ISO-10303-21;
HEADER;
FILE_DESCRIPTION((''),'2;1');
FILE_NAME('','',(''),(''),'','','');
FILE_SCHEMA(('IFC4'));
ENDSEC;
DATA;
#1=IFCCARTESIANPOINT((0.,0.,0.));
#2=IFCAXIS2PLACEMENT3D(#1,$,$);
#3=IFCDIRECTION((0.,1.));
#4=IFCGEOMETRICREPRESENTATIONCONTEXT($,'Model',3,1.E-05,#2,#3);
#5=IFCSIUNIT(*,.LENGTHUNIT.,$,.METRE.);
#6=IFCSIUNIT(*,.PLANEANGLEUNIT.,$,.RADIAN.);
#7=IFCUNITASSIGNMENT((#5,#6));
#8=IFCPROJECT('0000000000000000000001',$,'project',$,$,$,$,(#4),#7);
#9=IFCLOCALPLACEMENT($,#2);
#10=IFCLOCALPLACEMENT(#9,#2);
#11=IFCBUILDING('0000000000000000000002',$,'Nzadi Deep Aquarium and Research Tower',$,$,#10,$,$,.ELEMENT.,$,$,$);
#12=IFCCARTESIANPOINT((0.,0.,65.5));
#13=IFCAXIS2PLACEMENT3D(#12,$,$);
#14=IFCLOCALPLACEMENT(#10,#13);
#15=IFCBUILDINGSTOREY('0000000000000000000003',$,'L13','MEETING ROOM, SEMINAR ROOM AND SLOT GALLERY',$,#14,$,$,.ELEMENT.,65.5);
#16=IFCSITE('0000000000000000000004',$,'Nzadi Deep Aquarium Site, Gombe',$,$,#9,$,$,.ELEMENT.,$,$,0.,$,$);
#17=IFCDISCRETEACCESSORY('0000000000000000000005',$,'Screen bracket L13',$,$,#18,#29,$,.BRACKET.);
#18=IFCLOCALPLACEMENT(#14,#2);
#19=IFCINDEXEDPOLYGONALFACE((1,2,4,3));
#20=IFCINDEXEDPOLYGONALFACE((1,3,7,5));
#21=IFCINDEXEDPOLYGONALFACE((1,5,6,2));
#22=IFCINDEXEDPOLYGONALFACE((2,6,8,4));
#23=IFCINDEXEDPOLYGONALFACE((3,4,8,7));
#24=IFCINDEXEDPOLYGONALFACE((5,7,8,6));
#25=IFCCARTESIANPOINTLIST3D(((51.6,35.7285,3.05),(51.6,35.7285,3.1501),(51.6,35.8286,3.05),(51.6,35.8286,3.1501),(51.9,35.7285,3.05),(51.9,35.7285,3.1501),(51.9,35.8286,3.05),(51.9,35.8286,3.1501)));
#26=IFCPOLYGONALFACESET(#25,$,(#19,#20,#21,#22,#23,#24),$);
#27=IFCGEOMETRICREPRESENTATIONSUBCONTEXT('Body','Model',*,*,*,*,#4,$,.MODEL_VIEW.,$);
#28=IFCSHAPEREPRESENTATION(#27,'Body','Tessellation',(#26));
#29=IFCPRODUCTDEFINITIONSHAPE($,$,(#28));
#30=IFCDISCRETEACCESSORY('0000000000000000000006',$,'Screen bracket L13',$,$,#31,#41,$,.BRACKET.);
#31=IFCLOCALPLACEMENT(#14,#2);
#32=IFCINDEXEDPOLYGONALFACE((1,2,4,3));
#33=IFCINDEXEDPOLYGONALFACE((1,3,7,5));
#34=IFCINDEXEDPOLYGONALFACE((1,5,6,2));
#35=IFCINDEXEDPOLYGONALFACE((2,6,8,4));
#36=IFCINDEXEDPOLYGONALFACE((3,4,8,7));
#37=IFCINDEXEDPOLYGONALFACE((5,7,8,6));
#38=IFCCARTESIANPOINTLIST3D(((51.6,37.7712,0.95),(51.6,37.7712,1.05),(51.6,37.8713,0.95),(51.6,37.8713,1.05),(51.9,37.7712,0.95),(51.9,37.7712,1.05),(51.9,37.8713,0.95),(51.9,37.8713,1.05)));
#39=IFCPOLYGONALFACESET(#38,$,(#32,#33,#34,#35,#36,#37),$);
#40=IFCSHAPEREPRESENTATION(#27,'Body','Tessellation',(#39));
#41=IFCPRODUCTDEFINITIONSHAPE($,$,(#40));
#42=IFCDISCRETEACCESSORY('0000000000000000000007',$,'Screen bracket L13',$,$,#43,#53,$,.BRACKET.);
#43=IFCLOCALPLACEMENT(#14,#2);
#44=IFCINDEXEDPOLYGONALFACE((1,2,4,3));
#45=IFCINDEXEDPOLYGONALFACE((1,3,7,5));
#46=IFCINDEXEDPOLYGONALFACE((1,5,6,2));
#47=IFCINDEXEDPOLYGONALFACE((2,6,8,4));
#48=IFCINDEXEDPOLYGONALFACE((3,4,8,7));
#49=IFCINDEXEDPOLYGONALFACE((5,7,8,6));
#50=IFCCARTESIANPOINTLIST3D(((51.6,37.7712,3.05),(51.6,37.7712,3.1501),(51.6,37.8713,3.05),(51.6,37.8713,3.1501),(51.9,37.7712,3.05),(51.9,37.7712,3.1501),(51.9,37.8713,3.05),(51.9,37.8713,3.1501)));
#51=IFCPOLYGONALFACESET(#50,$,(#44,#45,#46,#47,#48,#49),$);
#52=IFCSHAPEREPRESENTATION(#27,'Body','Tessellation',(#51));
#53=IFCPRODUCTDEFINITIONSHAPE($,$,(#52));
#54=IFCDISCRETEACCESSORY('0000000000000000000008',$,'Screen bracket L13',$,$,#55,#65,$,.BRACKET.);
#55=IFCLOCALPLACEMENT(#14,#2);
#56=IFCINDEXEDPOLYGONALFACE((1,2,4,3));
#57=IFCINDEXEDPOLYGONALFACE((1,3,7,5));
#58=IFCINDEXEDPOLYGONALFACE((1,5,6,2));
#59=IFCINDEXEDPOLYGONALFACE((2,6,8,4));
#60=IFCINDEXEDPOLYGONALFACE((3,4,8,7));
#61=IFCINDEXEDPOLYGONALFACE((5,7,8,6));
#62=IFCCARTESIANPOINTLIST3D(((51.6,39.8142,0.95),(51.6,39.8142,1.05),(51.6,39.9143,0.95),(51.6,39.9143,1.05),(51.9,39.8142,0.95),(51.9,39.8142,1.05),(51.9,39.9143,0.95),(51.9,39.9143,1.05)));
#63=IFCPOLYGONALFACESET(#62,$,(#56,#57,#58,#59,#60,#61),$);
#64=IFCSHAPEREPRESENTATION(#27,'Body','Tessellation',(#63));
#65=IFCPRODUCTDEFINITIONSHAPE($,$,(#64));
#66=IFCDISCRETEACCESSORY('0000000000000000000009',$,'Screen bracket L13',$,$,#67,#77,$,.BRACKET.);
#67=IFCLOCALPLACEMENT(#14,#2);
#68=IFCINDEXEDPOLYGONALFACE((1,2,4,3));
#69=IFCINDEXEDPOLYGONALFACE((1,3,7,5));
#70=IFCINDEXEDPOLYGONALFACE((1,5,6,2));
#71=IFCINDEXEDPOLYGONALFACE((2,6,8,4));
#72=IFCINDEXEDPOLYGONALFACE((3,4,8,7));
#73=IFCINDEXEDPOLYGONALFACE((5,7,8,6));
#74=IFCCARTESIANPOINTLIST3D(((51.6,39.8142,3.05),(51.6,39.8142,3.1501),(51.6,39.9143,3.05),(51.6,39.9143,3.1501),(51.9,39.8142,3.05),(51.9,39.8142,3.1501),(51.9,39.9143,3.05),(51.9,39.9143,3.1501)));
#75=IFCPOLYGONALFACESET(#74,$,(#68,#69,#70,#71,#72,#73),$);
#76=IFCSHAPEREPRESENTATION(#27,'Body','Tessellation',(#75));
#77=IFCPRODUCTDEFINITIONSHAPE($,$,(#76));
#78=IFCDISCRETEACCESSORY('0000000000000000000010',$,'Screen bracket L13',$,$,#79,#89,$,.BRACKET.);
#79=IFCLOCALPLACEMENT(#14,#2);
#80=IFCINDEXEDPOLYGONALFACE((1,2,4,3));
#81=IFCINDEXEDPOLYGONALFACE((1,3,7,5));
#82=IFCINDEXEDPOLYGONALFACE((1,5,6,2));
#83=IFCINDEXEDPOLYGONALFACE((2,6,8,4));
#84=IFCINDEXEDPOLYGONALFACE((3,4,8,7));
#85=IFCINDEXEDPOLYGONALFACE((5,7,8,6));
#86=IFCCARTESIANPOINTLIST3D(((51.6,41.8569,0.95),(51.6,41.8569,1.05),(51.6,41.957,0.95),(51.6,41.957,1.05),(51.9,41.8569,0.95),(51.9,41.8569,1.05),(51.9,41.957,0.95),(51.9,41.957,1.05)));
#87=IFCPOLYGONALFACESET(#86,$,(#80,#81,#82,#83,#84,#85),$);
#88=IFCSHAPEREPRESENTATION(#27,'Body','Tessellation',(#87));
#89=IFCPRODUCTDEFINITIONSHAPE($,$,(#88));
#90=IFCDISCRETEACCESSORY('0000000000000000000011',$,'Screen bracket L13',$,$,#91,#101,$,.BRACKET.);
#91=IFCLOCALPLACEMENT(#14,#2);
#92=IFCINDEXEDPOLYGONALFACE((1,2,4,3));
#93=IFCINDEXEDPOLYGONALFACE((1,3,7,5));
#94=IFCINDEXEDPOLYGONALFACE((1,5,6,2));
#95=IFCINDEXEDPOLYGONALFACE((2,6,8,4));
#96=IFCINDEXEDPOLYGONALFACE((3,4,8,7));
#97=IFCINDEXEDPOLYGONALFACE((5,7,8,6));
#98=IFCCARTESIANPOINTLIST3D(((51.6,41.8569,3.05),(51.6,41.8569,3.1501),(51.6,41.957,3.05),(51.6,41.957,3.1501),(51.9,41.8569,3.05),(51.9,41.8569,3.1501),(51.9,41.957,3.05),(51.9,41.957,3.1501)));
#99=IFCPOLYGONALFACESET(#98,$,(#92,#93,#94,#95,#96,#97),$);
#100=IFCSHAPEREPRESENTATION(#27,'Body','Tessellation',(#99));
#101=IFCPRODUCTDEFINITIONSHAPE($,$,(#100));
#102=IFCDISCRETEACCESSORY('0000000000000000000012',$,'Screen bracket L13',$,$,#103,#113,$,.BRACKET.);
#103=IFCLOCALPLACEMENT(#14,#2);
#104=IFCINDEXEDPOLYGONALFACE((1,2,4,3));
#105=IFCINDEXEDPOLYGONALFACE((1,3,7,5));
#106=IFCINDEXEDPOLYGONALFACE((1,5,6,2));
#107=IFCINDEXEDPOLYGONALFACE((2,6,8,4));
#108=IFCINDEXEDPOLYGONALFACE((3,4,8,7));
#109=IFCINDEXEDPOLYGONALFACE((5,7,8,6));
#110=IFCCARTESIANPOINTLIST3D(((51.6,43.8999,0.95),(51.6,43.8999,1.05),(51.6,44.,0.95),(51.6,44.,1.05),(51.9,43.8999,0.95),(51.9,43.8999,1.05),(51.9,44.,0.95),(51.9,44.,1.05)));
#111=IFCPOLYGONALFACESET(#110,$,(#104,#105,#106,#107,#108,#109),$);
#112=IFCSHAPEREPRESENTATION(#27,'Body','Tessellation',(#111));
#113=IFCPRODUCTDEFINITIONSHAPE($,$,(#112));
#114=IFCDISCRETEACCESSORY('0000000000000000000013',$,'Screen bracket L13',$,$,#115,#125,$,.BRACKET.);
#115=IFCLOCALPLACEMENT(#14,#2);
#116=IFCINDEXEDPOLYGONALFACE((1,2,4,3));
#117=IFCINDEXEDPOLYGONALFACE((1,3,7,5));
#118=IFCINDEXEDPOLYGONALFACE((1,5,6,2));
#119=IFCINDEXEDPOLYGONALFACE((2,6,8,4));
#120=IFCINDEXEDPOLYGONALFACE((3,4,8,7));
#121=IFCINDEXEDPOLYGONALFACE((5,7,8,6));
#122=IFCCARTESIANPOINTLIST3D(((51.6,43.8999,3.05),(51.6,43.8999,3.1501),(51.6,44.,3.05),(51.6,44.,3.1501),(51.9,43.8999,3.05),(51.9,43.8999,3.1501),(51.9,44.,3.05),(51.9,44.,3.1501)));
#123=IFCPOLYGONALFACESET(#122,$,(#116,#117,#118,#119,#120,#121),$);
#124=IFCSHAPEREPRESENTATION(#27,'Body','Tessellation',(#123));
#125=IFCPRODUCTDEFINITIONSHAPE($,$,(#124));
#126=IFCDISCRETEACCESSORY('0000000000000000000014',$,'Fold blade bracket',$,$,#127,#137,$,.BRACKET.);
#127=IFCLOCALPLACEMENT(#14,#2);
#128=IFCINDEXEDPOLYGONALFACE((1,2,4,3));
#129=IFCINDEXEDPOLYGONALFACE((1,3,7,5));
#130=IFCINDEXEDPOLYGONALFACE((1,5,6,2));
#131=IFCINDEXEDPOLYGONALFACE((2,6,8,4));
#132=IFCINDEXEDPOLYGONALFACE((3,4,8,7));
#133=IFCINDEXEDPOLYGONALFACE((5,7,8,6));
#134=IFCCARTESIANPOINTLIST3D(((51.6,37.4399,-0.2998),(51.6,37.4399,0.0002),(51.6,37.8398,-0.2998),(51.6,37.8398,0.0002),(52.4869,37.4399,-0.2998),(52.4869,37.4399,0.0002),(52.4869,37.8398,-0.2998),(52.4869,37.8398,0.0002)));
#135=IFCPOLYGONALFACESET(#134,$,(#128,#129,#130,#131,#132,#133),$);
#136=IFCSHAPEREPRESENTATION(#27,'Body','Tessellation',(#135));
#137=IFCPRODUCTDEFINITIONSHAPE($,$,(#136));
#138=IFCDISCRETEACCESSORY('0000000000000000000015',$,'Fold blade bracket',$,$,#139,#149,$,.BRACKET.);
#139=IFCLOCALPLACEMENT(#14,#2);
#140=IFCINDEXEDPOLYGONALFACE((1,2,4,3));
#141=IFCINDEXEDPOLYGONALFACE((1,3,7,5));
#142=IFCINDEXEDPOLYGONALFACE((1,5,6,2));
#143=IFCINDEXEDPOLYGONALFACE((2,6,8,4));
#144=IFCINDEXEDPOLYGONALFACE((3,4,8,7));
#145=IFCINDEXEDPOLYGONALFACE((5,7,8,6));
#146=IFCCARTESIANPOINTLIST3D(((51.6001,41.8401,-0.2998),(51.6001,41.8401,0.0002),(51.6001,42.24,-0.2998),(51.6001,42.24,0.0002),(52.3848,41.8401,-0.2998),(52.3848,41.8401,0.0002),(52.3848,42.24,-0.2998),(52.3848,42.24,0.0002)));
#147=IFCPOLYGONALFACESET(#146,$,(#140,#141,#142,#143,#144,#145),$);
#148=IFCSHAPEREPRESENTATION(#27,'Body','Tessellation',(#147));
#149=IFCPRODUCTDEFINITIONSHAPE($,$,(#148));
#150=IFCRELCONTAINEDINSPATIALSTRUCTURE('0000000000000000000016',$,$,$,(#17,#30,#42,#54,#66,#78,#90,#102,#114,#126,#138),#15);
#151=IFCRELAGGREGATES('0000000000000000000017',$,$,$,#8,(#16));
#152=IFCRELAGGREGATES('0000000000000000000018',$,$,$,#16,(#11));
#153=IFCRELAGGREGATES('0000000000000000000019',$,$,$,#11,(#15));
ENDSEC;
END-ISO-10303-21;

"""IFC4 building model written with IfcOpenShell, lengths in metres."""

from ifc_helpers import new_model, si_unit, direction, frame, origin, origin_2d, place, context, subcontext, project, spatial, rectangle, extrude, element, save


model = new_model("IFC4")

# Units and contexts
model_context = context("Model", 3, precision=1e-05, world=origin(), true_north=direction((0.0, 1.0)))
body_context = subcontext(model_context, "Body", "Model", "MODEL_VIEW")
ifc_project = project(units=[si_unit("LENGTHUNIT", "METRE"), si_unit("PLANEANGLEUNIT", "RADIAN")], contexts=[model_context])

# Site, building, storey
site_placement = place(None, origin())
site = spatial("IfcSite", under=ifc_project, at=site_placement, Name="Nzadi Deep Aquarium Site, Gombe", CompositionType="ELEMENT", RefElevation=0.0)
building_placement = place(site_placement, origin())
building = spatial("IfcBuilding", under=site, at=building_placement, Name="Nzadi Deep Aquarium and Research Tower", CompositionType="ELEMENT")
storey_placement = place(building_placement, frame((0.0, 0.0, 65.5)))
storey = spatial("IfcBuildingStorey", under=building, at=storey_placement, Name="L13", Description="MEETING ROOM, SEMINAR ROOM AND SLOT GALLERY", CompositionType="ELEMENT", Elevation=65.5)

# Discrete accessories
for number, where, z_axis, x_axis, name in (
    (1, (51.75, 35.7786, 3.05), (0.0, 0.0, 1.0), (1.0, 0.0, 0.0), "Screen bracket L13"),
    (2, (51.75, 37.8213, 0.95), (0.0, 0.0, 1.0), (1.0, 0.0, 0.0), "Screen bracket L13"),
    (3, (51.75, 37.8213, 3.05), (0.0, 0.0, 1.0), (1.0, 0.0, 0.0), "Screen bracket L13"),
    (4, (51.75, 39.8643, 0.95), (0.0, 0.0, 1.0), (1.0, 0.0, 0.0), "Screen bracket L13"),
    (5, (51.75, 39.8643, 3.05), (0.0, 0.0, 1.0), (1.0, 0.0, 0.0), "Screen bracket L13"),
    (6, (51.75, 41.907, 0.95), (0.0, 0.0, 1.0), (1.0, 0.0, 0.0), "Screen bracket L13"),
    (7, (51.75, 41.907, 3.05), (0.0, 0.0, 1.0), (1.0, 0.0, 0.0), "Screen bracket L13"),
    (8, (51.75, 43.95, 0.95), (0.0, 0.0, 1.0), (1.0, 0.0, 0.0), "Screen bracket L13"),
    (9, (51.75, 43.95, 3.05), (0.0, 0.0, 1.0), (1.0, 0.0, 0.0), "Screen bracket L13"),
):
    element("IfcDiscreteAccessory", number, at=place(storey_placement, frame(where, z_axis=z_axis, x_axis=x_axis)), inside=storey, Name=name, PredefinedType="BRACKET", context=body_context, shape_type="SweptSolid", body=[
        extrude(rectangle(XDim=0.3, YDim=0.1001, at=origin_2d()), origin(), (0.0, 0.0, 1.0), 0.1001),
    ])
discrete_accessory_1_placement = place(storey_placement, frame((52.0435, 37.6399, -0.2998), z_axis=(0.0, 0.0, 1.0), x_axis=(1.0, 0.0, 0.0)))
element("IfcDiscreteAccessory", 10, at=discrete_accessory_1_placement, inside=storey, Name="Fold blade bracket", PredefinedType="BRACKET", context=body_context, shape_type="SweptSolid", body=[
    extrude(rectangle(XDim=0.887, YDim=0.3999, at=origin_2d()), origin(), (0.0, 0.0, 1.0), 0.3),
])
discrete_accessory_2_placement = place(storey_placement, frame((51.9924, 42.04, -0.2998), z_axis=(0.0, 0.0, 1.0), x_axis=(1.0, 0.0, 0.0)))
element("IfcDiscreteAccessory", 11, at=discrete_accessory_2_placement, inside=storey, Name="Fold blade bracket", PredefinedType="BRACKET", context=body_context, shape_type="SweptSolid", body=[
    extrude(rectangle(XDim=0.7847, YDim=0.3999, at=origin_2d()), origin(), (0.0, 0.0, 1.0), 0.3),
])

save(model, "model.ifc")
